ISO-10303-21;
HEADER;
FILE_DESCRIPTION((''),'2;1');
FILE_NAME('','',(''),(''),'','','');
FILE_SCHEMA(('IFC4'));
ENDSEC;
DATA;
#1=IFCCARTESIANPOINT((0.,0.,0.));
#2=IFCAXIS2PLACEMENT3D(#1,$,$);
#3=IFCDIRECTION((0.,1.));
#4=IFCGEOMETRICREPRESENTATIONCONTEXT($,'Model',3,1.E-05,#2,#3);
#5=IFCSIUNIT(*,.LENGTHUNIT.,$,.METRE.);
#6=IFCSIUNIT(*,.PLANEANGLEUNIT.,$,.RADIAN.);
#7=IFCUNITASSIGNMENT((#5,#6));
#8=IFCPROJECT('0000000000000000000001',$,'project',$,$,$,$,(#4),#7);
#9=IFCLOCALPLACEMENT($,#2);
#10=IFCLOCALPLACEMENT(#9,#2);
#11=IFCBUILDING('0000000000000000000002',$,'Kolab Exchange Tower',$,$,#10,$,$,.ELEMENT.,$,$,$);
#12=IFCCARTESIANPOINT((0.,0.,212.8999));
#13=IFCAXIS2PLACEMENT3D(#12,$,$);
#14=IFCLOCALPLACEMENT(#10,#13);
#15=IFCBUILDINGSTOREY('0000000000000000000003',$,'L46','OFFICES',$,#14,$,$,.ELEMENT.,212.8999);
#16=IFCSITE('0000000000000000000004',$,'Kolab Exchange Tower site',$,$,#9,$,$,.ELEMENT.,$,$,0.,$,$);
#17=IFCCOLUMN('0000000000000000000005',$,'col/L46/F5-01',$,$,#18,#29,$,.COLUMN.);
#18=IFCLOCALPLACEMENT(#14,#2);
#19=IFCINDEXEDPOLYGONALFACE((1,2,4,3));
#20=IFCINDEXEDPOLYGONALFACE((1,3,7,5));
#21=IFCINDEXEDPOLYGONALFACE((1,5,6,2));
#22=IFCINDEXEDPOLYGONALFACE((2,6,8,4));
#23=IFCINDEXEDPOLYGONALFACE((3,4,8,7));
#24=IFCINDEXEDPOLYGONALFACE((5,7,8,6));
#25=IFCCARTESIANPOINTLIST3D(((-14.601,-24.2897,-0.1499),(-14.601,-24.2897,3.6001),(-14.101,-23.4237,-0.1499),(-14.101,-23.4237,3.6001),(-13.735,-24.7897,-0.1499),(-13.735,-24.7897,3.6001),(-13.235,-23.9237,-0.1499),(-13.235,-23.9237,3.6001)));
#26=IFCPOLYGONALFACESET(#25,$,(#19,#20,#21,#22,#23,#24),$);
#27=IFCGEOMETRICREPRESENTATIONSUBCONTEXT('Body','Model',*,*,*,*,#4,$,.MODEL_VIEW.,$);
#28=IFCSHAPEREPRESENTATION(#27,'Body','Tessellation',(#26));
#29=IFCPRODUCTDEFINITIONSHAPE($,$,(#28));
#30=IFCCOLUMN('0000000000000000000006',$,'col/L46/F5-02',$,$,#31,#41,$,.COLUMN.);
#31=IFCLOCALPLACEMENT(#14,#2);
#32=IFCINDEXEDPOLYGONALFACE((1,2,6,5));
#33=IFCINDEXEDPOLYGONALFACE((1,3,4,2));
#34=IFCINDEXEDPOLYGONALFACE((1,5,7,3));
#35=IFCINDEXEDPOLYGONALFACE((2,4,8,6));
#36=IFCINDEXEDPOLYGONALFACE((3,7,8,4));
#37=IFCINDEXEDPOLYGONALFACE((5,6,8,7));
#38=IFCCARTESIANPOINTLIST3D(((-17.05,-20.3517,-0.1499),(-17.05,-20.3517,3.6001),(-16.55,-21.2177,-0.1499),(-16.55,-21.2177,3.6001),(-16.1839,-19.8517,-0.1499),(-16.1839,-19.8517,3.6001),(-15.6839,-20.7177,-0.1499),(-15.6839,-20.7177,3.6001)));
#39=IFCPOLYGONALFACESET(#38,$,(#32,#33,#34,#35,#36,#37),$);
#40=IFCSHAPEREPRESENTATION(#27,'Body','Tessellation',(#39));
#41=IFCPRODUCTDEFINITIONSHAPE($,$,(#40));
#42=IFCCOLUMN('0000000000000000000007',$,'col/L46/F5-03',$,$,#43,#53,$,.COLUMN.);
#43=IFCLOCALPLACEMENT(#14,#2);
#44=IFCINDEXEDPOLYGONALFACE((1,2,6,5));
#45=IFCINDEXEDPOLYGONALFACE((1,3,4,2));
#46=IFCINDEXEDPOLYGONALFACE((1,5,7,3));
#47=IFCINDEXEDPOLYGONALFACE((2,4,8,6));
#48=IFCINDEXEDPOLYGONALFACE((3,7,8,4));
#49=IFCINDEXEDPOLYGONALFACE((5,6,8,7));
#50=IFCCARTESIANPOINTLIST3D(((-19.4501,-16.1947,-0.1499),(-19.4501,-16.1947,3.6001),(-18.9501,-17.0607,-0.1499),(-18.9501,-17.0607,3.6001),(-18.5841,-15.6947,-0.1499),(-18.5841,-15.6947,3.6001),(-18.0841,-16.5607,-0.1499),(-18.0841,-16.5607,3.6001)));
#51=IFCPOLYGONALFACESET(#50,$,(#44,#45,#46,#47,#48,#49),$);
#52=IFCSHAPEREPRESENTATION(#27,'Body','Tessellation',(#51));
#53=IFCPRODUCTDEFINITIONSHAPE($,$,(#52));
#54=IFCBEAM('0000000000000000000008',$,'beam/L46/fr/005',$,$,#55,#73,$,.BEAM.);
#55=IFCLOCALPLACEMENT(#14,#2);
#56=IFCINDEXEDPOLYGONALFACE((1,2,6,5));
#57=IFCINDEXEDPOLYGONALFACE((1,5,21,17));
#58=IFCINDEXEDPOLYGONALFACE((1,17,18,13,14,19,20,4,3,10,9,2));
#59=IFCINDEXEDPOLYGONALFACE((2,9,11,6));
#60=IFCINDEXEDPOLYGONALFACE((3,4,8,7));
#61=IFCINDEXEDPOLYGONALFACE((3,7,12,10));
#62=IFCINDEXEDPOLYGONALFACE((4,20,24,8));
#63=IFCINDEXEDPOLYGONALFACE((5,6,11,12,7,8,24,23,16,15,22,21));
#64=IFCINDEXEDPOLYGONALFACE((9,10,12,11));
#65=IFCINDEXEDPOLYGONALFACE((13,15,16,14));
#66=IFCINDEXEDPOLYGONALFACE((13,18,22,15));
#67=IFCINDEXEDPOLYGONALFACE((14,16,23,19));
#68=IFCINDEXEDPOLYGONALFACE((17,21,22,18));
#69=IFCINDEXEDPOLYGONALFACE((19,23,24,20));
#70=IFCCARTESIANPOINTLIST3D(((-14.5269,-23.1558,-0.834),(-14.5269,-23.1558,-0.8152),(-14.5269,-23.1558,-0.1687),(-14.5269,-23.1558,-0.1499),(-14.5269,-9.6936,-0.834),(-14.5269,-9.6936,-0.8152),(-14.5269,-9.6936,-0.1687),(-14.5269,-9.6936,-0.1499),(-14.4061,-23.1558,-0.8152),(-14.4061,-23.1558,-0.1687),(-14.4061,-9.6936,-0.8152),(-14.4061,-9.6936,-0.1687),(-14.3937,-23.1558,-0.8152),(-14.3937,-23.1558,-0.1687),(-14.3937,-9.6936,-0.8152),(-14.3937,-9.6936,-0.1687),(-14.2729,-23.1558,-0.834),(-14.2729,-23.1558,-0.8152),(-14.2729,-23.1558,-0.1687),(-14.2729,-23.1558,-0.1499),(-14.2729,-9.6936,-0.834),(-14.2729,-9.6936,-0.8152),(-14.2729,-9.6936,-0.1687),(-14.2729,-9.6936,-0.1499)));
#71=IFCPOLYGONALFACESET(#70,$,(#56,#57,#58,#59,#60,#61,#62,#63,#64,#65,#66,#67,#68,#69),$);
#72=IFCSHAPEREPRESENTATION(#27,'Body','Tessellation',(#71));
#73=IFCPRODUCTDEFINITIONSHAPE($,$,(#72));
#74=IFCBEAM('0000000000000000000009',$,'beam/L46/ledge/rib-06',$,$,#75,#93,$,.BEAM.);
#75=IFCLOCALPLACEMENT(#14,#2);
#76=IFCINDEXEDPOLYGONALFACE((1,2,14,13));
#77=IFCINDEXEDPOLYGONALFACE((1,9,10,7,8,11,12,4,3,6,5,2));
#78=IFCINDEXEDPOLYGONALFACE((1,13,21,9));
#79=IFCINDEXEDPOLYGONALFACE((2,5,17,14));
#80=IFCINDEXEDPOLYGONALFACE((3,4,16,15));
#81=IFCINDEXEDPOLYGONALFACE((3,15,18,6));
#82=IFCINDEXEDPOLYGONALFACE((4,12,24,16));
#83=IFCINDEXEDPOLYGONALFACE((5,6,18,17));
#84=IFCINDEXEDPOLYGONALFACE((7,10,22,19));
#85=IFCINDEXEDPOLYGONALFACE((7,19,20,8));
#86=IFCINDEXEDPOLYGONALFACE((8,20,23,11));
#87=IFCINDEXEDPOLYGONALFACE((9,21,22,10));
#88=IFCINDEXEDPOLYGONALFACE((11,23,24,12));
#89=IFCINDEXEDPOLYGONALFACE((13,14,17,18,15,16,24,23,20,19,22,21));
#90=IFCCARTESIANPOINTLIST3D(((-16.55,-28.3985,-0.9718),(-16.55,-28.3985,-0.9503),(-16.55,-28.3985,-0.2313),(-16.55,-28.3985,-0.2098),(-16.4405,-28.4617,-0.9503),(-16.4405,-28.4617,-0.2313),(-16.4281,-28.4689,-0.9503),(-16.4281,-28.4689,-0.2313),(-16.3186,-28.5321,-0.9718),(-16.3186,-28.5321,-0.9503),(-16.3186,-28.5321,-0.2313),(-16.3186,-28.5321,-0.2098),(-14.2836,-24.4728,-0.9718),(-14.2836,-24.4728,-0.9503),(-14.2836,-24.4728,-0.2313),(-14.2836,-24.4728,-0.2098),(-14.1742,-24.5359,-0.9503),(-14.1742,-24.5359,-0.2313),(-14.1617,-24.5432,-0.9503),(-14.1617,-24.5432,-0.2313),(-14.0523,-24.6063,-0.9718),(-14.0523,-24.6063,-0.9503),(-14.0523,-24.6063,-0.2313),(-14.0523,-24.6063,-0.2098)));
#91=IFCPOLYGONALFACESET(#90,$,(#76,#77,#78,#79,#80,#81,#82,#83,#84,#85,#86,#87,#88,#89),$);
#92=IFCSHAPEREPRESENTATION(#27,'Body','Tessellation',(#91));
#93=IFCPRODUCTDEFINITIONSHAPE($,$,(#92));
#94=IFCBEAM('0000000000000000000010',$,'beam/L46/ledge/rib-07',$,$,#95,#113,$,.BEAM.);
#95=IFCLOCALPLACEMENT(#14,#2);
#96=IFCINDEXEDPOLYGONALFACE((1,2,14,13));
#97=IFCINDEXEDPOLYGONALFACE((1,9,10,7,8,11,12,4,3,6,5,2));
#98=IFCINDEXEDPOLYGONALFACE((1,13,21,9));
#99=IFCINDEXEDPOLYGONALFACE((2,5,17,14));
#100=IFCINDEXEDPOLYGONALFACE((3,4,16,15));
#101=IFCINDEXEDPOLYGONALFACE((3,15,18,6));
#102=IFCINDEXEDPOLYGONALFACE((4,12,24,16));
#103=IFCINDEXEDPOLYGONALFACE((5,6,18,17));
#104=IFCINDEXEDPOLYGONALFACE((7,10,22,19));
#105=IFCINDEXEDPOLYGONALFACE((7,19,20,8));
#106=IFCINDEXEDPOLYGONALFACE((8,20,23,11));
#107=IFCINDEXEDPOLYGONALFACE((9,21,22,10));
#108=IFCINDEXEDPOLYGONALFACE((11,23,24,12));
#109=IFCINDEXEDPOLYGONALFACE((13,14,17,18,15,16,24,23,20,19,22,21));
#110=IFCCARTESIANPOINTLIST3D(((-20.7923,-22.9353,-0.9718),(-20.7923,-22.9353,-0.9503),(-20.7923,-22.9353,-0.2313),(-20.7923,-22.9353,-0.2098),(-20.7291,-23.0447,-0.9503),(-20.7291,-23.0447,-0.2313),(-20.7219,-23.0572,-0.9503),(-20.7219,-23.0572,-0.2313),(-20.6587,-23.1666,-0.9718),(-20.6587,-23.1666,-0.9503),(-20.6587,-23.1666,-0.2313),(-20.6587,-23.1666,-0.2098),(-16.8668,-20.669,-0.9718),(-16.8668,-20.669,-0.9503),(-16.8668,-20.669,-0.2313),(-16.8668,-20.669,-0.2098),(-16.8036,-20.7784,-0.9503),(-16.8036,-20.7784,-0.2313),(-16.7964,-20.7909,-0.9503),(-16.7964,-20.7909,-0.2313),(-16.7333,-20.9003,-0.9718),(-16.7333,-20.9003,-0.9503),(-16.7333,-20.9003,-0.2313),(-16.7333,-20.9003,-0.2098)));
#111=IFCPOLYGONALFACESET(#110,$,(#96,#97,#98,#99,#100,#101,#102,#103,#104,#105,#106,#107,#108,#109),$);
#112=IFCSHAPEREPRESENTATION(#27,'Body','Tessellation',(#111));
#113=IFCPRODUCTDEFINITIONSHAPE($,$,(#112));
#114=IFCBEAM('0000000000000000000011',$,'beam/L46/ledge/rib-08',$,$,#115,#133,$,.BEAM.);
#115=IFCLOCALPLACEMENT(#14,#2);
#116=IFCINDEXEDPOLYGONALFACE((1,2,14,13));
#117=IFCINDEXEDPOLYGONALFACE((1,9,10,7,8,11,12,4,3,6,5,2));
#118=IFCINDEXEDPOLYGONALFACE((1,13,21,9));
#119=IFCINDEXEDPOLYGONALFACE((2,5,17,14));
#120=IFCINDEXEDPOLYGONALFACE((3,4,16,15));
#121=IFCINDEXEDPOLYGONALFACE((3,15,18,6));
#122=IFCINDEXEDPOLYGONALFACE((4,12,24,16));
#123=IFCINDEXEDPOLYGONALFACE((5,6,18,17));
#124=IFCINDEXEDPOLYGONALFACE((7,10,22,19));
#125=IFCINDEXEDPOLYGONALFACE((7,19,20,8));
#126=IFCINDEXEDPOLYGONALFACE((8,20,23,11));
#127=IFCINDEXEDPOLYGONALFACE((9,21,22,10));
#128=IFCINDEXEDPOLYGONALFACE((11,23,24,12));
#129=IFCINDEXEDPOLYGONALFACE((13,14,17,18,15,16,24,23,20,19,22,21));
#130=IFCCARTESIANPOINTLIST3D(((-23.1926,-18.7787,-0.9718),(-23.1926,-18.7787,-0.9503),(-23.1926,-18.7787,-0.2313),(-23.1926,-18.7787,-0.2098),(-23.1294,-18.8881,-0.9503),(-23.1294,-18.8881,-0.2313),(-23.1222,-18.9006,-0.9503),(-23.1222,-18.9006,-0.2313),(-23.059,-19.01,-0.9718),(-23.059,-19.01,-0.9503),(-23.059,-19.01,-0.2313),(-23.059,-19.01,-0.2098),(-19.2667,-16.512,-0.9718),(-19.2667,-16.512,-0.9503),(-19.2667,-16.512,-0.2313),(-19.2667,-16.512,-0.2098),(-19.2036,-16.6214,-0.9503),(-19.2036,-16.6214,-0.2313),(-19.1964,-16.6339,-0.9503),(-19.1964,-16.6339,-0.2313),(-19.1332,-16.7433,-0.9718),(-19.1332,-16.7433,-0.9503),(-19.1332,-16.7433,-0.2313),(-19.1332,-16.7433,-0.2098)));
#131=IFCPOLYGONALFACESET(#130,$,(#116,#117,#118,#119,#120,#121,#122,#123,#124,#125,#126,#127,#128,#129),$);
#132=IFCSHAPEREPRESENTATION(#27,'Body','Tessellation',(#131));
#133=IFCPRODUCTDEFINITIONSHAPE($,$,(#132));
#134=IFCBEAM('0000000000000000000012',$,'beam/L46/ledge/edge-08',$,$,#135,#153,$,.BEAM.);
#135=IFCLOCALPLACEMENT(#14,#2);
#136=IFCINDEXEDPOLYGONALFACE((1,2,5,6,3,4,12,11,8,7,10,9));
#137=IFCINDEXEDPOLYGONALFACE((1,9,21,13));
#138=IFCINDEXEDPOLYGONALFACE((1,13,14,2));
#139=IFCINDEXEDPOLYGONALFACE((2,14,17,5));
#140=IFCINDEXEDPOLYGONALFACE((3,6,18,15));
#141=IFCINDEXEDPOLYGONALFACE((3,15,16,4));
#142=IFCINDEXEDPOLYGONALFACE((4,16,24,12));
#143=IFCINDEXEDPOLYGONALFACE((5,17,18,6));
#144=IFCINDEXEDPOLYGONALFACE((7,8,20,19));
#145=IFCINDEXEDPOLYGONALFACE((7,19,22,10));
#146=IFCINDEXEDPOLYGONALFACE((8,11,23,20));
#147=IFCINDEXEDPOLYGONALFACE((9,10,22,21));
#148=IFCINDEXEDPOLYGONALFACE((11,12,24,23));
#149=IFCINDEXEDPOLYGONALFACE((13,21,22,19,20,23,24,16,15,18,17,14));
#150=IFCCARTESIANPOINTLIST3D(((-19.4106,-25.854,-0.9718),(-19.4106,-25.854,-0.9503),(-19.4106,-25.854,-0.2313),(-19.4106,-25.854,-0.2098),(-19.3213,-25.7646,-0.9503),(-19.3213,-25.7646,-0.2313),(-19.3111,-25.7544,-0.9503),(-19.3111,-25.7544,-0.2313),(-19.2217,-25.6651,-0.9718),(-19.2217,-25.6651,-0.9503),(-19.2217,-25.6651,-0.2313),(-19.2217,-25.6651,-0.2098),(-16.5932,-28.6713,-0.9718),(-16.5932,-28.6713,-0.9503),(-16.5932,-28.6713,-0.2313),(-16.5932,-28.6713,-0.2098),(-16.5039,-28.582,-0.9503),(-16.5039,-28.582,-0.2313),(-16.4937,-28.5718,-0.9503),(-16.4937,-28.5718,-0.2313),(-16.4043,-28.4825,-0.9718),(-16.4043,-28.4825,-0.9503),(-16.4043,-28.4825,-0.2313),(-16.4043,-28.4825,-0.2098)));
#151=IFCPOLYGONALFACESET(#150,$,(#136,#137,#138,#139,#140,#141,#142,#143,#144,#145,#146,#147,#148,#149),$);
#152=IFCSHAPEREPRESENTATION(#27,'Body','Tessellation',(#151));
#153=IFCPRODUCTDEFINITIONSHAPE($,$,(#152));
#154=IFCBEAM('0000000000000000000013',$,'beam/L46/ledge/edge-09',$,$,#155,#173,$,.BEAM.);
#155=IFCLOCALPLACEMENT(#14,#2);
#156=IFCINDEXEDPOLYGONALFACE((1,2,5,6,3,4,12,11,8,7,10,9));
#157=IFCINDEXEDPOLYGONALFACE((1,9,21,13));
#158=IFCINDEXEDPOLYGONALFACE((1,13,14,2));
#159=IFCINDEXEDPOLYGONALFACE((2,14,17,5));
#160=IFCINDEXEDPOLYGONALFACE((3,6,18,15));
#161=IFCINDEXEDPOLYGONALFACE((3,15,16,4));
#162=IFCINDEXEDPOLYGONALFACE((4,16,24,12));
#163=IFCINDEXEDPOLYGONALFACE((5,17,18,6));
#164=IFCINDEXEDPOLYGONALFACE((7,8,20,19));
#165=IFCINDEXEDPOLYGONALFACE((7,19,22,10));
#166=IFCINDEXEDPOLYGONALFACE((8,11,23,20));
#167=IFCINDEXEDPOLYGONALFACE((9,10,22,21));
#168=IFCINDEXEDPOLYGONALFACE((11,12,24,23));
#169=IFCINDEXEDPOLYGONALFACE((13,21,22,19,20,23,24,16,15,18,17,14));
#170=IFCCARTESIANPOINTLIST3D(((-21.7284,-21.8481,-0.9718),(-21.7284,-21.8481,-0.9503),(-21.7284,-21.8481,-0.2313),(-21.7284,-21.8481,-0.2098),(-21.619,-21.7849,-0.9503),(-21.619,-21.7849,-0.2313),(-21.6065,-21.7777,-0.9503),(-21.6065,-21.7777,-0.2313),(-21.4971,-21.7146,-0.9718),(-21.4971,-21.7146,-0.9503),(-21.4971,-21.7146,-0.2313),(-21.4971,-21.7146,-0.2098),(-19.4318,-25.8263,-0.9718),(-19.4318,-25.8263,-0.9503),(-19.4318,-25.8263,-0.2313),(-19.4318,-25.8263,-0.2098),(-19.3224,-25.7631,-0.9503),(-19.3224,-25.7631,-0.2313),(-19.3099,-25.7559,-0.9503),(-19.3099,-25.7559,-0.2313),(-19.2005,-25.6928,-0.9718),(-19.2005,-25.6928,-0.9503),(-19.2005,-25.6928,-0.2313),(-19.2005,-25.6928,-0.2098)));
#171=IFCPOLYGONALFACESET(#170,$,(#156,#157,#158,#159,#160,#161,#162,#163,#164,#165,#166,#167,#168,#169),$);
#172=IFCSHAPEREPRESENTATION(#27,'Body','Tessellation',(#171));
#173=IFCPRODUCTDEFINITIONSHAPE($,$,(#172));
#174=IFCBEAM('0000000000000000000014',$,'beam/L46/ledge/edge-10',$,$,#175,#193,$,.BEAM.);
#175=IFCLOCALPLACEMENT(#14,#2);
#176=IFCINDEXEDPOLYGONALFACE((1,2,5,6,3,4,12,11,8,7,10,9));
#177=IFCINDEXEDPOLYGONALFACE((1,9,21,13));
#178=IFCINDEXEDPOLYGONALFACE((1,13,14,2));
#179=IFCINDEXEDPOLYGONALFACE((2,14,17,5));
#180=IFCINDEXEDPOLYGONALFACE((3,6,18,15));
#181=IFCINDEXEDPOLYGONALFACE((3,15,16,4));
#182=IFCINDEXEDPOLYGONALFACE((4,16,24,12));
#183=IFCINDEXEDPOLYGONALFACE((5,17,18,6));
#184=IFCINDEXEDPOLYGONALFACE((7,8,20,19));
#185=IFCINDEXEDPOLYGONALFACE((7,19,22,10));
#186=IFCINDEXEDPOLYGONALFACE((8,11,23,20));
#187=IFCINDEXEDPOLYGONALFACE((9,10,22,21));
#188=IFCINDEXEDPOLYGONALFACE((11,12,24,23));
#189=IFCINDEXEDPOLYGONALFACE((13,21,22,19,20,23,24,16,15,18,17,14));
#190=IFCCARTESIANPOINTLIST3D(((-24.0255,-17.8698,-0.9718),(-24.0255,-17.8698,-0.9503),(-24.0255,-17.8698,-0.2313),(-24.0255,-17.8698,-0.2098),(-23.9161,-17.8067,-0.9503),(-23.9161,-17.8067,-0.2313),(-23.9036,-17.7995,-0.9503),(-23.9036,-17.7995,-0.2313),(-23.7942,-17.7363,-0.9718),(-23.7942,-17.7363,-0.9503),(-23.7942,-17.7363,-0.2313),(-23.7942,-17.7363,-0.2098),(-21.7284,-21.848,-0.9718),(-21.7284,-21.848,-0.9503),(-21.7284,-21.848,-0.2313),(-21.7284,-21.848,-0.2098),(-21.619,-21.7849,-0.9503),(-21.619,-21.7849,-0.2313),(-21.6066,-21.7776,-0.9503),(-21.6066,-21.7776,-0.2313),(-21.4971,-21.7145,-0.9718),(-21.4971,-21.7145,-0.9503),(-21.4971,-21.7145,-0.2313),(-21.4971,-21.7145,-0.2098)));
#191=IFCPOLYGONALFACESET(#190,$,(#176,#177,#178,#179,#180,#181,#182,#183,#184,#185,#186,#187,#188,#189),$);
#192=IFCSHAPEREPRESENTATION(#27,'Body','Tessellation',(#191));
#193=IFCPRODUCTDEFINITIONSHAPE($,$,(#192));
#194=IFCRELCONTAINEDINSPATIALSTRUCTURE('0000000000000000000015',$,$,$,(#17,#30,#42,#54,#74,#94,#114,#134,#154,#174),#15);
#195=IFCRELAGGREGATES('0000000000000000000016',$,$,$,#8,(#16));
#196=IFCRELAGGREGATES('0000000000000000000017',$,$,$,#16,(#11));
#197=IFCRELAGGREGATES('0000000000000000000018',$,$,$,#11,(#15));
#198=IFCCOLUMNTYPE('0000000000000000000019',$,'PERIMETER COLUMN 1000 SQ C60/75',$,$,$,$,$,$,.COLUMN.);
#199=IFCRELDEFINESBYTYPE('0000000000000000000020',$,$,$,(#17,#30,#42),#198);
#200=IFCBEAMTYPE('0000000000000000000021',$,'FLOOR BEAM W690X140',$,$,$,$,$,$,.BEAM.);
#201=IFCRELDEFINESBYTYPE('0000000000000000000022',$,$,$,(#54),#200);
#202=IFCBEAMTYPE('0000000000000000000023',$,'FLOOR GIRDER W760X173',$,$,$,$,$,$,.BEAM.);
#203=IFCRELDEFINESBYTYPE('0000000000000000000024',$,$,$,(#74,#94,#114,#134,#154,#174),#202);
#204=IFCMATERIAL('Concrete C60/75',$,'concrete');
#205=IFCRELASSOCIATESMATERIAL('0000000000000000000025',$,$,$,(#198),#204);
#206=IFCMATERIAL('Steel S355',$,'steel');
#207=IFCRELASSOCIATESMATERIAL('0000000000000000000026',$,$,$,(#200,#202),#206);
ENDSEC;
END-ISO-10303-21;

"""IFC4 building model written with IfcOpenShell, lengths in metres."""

from ifc_helpers import new_model, si_unit, direction, frame, origin, origin_2d, place, context, subcontext, project, spatial, rectangle, i_section, extrude, material, material_profile, profile_set, type_object, element, save


model = new_model("IFC4")

# Units and contexts
model_context = context("Model", 3, precision=1e-05, world=origin(), true_north=direction((0.0, 1.0)))
body_context = subcontext(model_context, "Body", "Model", "MODEL_VIEW")
ifc_project = project(units=[si_unit("LENGTHUNIT", "METRE"), si_unit("PLANEANGLEUNIT", "RADIAN")], contexts=[model_context])

# Site, building, storey
site_placement = place(None, origin())
site = spatial("IfcSite", under=ifc_project, at=site_placement, Name="Kolab Exchange Tower site", CompositionType="ELEMENT", RefElevation=0.0)
building_placement = place(site_placement, origin())
building = spatial("IfcBuilding", under=site, at=building_placement, Name="Kolab Exchange Tower", CompositionType="ELEMENT")
storey_placement = place(building_placement, frame((0.0, 0.0, 212.8999)))
storey = spatial("IfcBuildingStorey", under=building, at=storey_placement, Name="L46", Description="OFFICES", CompositionType="ELEMENT", Elevation=212.8999)

# Columns
ifc_material_1 = material(Name="Concrete C60/75", Category="concrete")
ifc_material_profile_1 = material_profile(ifc_material_1, rectangle(XDim=1.0, YDim=1.0, at=origin_2d()), Name="RC1000")
ifc_profile_set_1 = profile_set([ifc_material_profile_1], Name="Concrete C60/75")
column_type = type_object("IfcColumnType", Name="PERIMETER COLUMN 1000 SQ C60/75", PredefinedType="COLUMN", material=ifc_profile_set_1)
for number, where, z_axis, x_axis, name in (
    (1, (-13.918, -24.1067, -0.1499), (0.0, 0.0, 1.0), (0.5, 0.866025, 0.0), "col/L46/F5-01"),
    (2, (-16.3669, -20.5347, -0.1499), (0.0, 0.0, 1.0), (0.866025, 0.5, 0.0), "col/L46/F5-02"),
    (3, (-18.7671, -16.3777, -0.1499), (0.0, 0.0, 1.0), (0.866025, 0.5, 0.0), "col/L46/F5-03"),
):
    element("IfcColumn", number, at=place(storey_placement, frame(where, z_axis=z_axis, x_axis=x_axis)), inside=storey, type_object=column_type, Name=name, PredefinedType="COLUMN", context=body_context, shape_type="SweptSolid", body=[
        extrude(rectangle(XDim=1.0, YDim=1.0, at=origin_2d()), origin(), (0.0, 0.0, 1.0), 3.75),
    ])

# Beams
ifc_material_2 = material(Name="Steel S355", Category="steel")
ifc_material_profile_2 = material_profile(ifc_material_2, i_section(OverallWidth=0.2539, OverallDepth=0.6841, WebThickness=0.0125, FlangeThickness=0.0188, at=origin_2d()), Name="W690X140")
ifc_profile_set_2 = profile_set([ifc_material_profile_2], Name="Steel S355")
beam_type_1 = type_object("IfcBeamType", Name="FLOOR BEAM W690X140", PredefinedType="BEAM", material=ifc_profile_set_2)
beam_1_placement = place(storey_placement, frame((-14.3999, -23.1558, -0.4919), z_axis=(0.0, 1.0, 0.0), x_axis=(-1.0, 0.0, 0.0)))
element("IfcBeam", 4, at=beam_1_placement, inside=storey, type_object=beam_type_1, Name="beam/L46/fr/005", PredefinedType="BEAM", context=body_context, shape_type="SweptSolid", body=[
    extrude(i_section(OverallWidth=0.2539, OverallDepth=0.6841, WebThickness=0.0125, FlangeThickness=0.0188, at=origin_2d()), origin(), (0.0, 0.0, 1.0), 13.4622),
])
ifc_material_profile_3 = material_profile(ifc_material_2, i_section(OverallWidth=0.2671, OverallDepth=0.762, WebThickness=0.0144, FlangeThickness=0.0215, at=origin_2d()), Name="W760X173")
ifc_profile_set_3 = profile_set([ifc_material_profile_3], Name="Steel S355")
beam_type_2 = type_object("IfcBeamType", Name="FLOOR GIRDER W760X173", PredefinedType="BEAM", material=ifc_profile_set_3)
beam_2_placement = place(storey_placement, frame((-14.168, -24.5396, -0.5908), z_axis=(-0.499968, -0.866044, 0.0), x_axis=(0.866044, -0.499968, 0.0)))
element("IfcBeam", 5, at=beam_2_placement, inside=storey, type_object=beam_type_2, Name="beam/L46/ledge/rib-06", PredefinedType="BEAM", context=body_context, shape_type="SweptSolid", body=[
    extrude(i_section(OverallWidth=0.2671, OverallDepth=0.762, WebThickness=0.0144, FlangeThickness=0.0215, at=origin_2d()), origin(), (0.0, 0.0, 1.0), 4.533),
])
beam_3_placement = place(storey_placement, frame((-16.8, -20.7847, -0.5908), z_axis=(-0.86603, -0.499991, 0.0), x_axis=(0.499991, -0.86603, 0.0)))
element("IfcBeam", 6, at=beam_3_placement, inside=storey, type_object=beam_type_2, Name="beam/L46/ledge/rib-07", PredefinedType="BEAM", context=body_context, shape_type="SweptSolid", body=[
    extrude(i_section(OverallWidth=0.2671, OverallDepth=0.762, WebThickness=0.0144, FlangeThickness=0.0215, at=origin_2d()), origin(), (0.0, 0.0, 1.0), 4.5327),
])
beam_4_placement = place(storey_placement, frame((-19.2, -16.6277, -0.5908), z_axis=(-0.866021, -0.500008, 0.0), x_axis=(0.500008, -0.866021, 0.0)))
element("IfcBeam", 7, at=beam_4_placement, inside=storey, type_object=beam_type_2, Name="beam/L46/ledge/rib-08", PredefinedType="BEAM", context=body_context, shape_type="SweptSolid", body=[
    extrude(i_section(OverallWidth=0.2671, OverallDepth=0.762, WebThickness=0.0144, FlangeThickness=0.0215, at=origin_2d()), origin(), (0.0, 0.0, 1.0), 4.5332),
])
beam_5_placement = place(storey_placement, frame((-16.4988, -28.5769, -0.5908), z_axis=(-0.707107, 0.707107, 0.0), x_axis=(-0.707107, -0.707107, 0.0)))
element("IfcBeam", 8, at=beam_5_placement, inside=storey, type_object=beam_type_2, Name="beam/L46/ledge/edge-08", PredefinedType="BEAM", context=body_context, shape_type="SweptSolid", body=[
    extrude(i_section(OverallWidth=0.2671, OverallDepth=0.762, WebThickness=0.0144, FlangeThickness=0.0215, at=origin_2d()), origin(), (0.0, 0.0, 1.0), 3.9844),
])
beam_6_placement = place(storey_placement, frame((-19.3162, -25.7595, -0.5908), z_axis=(-0.499963, 0.866047, 0.0), x_axis=(-0.866047, -0.499963, 0.0)))
element("IfcBeam", 9, at=beam_6_placement, inside=storey, type_object=beam_type_2, Name="beam/L46/ledge/edge-09", PredefinedType="BEAM", context=body_context, shape_type="SweptSolid", body=[
    extrude(i_section(OverallWidth=0.2671, OverallDepth=0.762, WebThickness=0.0144, FlangeThickness=0.0215, at=origin_2d()), origin(), (0.0, 0.0, 1.0), 4.5935),
])
beam_7_placement = place(storey_placement, frame((-21.6128, -21.7812, -0.5908), z_axis=(-0.500043, 0.866001, 0.0), x_axis=(-0.866001, -0.500043, 0.0)))
element("IfcBeam", 10, at=beam_7_placement, inside=storey, type_object=beam_type_2, Name="beam/L46/ledge/edge-10", PredefinedType="BEAM", context=body_context, shape_type="SweptSolid", body=[
    extrude(i_section(OverallWidth=0.2671, OverallDepth=0.762, WebThickness=0.0144, FlangeThickness=0.0215, at=origin_2d()), origin(), (0.0, 0.0, 1.0), 4.5938),
])

save(model, "model.ifc")
